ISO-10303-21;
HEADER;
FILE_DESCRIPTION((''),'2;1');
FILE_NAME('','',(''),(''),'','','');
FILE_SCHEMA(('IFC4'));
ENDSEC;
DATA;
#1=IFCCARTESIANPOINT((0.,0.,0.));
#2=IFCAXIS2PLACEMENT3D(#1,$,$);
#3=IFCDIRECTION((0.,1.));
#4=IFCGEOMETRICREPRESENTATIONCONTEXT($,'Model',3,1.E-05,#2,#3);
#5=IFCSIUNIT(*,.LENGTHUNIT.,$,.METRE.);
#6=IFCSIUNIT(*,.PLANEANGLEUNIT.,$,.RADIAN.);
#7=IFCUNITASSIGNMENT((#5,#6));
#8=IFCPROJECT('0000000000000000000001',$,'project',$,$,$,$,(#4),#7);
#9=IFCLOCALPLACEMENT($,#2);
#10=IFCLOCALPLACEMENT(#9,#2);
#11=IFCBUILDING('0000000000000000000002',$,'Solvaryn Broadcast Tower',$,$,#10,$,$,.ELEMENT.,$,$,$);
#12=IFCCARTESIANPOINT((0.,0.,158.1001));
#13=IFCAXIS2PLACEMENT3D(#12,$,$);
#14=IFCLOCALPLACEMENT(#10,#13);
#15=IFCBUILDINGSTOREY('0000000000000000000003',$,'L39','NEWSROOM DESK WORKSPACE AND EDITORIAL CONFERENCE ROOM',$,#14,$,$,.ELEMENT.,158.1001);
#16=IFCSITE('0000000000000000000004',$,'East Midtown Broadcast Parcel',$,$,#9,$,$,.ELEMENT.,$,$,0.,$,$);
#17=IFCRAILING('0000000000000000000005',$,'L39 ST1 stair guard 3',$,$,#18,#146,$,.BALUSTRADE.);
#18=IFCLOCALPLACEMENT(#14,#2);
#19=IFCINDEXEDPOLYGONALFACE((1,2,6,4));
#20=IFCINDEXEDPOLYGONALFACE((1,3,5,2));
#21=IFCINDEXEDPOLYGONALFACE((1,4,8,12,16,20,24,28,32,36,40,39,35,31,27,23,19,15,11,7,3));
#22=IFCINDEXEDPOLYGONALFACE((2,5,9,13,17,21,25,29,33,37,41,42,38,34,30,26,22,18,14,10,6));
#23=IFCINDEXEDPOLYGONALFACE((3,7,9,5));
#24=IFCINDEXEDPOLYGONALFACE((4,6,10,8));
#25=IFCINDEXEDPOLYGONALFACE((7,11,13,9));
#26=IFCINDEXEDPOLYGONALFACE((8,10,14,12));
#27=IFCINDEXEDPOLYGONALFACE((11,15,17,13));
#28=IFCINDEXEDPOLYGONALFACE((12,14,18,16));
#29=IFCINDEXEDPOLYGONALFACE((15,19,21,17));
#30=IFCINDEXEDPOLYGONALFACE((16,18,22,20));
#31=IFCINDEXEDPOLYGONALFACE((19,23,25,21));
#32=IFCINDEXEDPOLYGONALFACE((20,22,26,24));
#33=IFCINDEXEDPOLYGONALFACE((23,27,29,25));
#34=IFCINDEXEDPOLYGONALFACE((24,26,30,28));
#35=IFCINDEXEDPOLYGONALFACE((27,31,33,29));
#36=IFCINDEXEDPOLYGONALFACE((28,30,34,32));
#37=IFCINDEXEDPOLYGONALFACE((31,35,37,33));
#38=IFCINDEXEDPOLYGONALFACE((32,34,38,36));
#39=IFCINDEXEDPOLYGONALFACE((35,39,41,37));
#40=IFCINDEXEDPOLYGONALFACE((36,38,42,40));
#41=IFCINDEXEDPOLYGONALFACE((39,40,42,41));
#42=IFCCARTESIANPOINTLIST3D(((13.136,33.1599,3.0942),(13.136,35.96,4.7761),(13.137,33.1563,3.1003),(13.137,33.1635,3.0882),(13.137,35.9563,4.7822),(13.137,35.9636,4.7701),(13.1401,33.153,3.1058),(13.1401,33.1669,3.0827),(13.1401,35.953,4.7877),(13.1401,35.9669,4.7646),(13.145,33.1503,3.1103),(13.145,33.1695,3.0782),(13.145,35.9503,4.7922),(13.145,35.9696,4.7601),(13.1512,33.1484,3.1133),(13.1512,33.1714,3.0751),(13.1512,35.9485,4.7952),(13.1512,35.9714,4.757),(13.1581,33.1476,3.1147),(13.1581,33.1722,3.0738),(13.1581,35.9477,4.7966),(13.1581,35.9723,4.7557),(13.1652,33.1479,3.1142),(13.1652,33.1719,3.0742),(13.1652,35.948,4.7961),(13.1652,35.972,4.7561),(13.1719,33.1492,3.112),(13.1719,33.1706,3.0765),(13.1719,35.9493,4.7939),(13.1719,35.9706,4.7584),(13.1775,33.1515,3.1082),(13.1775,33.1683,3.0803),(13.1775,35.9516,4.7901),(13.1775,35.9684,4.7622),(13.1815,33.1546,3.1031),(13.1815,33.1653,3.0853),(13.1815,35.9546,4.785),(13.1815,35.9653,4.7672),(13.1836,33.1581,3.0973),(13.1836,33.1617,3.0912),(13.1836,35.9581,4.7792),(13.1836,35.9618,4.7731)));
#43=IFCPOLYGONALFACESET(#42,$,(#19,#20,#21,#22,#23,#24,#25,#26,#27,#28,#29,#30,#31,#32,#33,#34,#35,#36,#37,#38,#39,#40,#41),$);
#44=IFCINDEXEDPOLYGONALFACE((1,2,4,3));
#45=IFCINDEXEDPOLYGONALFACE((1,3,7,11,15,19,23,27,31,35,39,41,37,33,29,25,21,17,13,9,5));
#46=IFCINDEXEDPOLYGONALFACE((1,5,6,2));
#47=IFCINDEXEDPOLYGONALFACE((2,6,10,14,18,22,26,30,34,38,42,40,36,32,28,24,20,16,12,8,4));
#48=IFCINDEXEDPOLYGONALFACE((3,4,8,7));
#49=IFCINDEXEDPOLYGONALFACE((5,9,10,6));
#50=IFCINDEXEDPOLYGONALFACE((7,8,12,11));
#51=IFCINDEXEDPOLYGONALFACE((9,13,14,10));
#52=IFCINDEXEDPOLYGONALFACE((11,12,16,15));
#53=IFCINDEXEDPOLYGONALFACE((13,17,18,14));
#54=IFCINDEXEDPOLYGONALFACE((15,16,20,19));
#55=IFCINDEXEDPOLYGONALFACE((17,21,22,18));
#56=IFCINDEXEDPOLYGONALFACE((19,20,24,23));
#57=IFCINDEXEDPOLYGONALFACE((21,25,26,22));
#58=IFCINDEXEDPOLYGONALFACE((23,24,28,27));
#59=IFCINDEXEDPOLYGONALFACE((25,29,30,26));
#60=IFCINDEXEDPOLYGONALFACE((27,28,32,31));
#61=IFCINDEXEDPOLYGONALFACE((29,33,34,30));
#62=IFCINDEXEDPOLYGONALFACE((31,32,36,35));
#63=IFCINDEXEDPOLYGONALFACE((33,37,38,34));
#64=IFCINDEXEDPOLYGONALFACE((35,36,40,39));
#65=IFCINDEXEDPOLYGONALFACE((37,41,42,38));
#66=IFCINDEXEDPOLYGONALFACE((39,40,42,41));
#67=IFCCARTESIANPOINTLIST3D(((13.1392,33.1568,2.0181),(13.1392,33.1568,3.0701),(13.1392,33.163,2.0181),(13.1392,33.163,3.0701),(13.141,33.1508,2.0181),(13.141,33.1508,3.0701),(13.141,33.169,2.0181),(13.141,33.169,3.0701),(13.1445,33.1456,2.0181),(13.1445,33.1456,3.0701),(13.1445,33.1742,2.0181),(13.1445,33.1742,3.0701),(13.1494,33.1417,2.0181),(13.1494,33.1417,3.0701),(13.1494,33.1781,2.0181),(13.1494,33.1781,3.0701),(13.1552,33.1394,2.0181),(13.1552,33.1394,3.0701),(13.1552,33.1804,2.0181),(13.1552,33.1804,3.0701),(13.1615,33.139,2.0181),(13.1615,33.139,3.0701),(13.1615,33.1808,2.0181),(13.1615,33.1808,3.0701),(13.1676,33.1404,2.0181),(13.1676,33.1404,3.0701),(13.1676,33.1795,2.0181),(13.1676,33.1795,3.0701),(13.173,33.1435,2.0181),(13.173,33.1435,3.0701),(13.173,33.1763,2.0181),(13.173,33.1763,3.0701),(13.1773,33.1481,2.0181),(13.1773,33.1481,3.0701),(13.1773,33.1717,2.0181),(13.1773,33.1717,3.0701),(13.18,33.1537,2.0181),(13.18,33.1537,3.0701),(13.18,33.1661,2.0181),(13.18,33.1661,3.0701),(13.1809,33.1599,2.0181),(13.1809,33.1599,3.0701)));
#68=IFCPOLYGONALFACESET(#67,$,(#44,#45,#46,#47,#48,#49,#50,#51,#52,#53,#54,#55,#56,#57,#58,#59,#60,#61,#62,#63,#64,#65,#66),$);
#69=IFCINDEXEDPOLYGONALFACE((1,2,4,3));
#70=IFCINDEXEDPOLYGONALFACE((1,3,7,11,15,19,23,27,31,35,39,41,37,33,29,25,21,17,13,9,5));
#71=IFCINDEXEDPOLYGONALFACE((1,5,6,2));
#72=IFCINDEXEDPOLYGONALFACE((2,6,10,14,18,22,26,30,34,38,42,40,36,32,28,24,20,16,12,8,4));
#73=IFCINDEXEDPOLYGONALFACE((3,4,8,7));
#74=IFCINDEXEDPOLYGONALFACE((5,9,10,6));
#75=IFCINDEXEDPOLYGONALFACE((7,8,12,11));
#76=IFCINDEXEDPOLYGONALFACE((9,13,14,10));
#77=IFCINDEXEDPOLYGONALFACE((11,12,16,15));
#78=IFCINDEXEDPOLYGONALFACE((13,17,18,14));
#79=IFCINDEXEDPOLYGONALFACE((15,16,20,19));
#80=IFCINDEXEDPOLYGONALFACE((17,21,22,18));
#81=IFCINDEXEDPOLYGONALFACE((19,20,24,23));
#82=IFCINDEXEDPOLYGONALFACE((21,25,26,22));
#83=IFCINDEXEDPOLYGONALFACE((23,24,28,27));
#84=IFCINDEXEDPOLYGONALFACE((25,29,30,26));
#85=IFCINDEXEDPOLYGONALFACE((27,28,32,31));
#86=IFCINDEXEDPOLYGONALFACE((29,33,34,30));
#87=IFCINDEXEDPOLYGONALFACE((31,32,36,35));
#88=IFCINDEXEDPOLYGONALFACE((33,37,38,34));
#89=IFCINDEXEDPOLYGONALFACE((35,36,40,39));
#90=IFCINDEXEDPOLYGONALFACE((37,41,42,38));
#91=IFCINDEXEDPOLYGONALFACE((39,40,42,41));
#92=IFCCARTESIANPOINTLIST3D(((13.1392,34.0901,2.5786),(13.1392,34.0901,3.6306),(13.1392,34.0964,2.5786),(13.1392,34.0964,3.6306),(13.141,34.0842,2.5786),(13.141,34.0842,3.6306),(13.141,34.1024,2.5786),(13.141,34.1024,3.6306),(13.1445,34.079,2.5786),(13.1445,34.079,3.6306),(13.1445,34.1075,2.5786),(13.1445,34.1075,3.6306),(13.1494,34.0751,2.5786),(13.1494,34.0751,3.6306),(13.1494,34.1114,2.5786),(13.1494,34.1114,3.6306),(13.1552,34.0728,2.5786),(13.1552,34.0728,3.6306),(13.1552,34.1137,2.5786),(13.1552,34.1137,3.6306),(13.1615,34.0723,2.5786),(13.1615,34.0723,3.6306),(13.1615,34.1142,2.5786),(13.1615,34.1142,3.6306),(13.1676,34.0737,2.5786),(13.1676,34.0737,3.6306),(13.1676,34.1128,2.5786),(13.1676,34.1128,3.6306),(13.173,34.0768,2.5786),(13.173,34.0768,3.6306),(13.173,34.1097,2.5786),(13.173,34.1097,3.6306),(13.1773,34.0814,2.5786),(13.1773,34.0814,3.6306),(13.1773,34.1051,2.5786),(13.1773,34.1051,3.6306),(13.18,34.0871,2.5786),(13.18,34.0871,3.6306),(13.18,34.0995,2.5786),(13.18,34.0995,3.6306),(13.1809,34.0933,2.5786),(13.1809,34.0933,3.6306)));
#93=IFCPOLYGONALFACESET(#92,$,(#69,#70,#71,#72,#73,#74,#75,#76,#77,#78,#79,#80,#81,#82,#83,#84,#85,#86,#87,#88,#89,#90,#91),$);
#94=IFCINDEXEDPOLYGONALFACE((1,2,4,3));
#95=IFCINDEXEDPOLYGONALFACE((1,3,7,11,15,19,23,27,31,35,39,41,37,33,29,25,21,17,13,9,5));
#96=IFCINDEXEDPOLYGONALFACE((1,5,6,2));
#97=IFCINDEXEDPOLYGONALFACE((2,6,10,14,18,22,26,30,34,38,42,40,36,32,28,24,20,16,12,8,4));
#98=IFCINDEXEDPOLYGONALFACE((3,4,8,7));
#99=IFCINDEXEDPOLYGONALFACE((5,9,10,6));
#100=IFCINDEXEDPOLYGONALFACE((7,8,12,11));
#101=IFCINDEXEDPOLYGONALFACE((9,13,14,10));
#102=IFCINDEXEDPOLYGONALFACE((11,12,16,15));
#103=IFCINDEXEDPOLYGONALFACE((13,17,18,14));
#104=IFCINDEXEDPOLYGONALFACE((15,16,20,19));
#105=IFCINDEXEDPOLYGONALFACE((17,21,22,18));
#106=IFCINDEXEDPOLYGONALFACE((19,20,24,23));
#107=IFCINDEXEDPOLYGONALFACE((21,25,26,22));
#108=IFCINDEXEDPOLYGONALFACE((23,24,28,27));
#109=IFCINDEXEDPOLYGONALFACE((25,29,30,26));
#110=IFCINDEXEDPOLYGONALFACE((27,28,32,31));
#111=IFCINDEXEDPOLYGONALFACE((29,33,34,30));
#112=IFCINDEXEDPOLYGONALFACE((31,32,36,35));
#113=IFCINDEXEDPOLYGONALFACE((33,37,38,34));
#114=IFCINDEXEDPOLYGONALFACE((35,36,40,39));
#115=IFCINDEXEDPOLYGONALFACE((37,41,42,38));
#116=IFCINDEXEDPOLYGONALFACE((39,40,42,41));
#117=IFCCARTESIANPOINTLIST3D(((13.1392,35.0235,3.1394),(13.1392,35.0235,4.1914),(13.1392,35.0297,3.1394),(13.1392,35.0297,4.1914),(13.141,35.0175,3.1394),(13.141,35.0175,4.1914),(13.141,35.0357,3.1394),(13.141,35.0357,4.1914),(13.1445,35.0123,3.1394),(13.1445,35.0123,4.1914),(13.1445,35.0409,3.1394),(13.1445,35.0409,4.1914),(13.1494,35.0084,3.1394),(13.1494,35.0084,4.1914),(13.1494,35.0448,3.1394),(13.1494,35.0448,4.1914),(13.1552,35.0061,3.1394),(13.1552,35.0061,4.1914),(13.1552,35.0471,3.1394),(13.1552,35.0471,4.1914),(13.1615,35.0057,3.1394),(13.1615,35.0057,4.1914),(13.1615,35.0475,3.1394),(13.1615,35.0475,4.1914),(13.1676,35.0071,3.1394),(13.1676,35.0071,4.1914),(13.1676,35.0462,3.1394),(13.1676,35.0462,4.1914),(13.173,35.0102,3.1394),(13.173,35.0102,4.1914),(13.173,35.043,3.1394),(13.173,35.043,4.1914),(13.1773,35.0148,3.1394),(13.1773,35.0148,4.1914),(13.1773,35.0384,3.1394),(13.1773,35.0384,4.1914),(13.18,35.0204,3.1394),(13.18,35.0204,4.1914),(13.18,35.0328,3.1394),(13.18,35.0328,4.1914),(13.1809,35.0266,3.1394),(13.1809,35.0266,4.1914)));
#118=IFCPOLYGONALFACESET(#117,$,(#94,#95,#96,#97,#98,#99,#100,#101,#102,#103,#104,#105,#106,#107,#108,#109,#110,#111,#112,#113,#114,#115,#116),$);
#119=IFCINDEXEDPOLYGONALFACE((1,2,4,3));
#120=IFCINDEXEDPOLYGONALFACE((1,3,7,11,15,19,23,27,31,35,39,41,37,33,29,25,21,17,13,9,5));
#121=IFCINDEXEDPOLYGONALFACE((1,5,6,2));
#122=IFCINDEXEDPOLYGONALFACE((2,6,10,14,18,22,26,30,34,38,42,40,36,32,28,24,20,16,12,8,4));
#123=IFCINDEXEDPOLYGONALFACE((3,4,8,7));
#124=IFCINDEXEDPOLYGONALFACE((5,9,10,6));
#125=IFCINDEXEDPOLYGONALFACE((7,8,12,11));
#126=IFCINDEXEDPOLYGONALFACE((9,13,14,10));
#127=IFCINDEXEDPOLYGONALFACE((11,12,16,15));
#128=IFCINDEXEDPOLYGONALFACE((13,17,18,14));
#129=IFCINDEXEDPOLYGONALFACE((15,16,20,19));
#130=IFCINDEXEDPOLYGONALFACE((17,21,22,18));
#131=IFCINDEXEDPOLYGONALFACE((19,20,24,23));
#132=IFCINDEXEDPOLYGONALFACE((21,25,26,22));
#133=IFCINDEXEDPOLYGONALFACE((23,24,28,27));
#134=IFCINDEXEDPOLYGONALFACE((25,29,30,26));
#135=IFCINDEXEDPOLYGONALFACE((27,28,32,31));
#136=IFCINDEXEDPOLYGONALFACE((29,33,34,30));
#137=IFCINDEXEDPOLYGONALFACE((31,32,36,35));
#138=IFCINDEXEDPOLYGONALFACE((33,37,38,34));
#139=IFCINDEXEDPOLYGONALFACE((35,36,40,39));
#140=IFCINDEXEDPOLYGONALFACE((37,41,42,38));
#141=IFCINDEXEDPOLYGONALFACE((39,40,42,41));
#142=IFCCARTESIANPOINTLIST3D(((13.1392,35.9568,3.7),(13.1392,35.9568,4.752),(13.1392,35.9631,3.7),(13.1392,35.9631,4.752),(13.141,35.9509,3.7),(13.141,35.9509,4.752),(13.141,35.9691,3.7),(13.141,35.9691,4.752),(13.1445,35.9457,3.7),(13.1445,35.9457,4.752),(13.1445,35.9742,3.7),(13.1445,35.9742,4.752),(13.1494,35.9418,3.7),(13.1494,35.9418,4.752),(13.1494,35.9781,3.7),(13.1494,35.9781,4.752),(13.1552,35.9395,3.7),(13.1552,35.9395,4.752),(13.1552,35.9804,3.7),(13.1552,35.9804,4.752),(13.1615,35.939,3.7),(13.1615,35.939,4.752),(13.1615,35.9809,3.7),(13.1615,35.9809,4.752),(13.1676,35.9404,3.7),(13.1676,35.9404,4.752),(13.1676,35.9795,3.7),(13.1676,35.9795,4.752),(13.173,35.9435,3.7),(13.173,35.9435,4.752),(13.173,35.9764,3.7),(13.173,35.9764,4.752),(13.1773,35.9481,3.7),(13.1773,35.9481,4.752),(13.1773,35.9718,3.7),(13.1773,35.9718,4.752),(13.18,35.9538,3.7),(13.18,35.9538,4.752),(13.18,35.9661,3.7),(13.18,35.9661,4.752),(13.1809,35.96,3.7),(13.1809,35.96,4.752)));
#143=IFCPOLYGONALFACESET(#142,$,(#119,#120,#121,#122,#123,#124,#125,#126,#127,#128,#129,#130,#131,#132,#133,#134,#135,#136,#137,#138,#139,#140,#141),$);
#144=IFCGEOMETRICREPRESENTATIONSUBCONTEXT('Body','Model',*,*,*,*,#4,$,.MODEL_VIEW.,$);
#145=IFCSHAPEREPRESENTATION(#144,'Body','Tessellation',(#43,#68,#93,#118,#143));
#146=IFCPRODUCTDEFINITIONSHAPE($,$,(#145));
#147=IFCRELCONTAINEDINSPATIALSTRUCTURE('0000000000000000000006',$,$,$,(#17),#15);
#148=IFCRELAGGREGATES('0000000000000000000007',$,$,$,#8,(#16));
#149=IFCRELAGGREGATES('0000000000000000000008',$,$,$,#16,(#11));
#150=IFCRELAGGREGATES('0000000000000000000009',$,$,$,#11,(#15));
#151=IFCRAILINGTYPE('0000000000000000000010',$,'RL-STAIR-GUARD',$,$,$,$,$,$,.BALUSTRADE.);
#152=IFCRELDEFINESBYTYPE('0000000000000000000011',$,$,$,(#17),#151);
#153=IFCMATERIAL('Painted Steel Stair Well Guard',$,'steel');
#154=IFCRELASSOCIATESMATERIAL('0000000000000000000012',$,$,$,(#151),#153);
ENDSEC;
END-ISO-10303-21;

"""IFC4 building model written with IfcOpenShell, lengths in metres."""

from ifc_helpers import new_model, si_unit, direction, frame, origin, origin_2d, place, context, subcontext, project, spatial, circle, extrude, material, type_object, element, save


model = new_model("IFC4")

# Units and contexts
model_context = context("Model", 3, precision=1e-05, world=origin(), true_north=direction((0.0, 1.0)))
body_context = subcontext(model_context, "Body", "Model", "MODEL_VIEW")
ifc_project = project(units=[si_unit("LENGTHUNIT", "METRE"), si_unit("PLANEANGLEUNIT", "RADIAN")], contexts=[model_context])

# Site, building, storey
site_placement = place(None, origin())
site = spatial("IfcSite", under=ifc_project, at=site_placement, Name="East Midtown Broadcast Parcel", CompositionType="ELEMENT", RefElevation=0.0)
building_placement = place(site_placement, origin())
building = spatial("IfcBuilding", under=site, at=building_placement, Name="Solvaryn Broadcast Tower", CompositionType="ELEMENT")
storey_placement = place(building_placement, frame((0.0, 0.0, 158.1001)))
storey = spatial("IfcBuildingStorey", under=building, at=storey_placement, Name="L39", Description="NEWSROOM DESK WORKSPACE AND EDITORIAL CONFERENCE ROOM", CompositionType="ELEMENT", Elevation=158.1001)

# Railing
ifc_material_1 = material(Name="Painted Steel Stair Well Guard", Category="steel")
railing_type_1 = type_object("IfcRailingType", Name="RL-STAIR-GUARD", PredefinedType="BALUSTRADE", material=ifc_material_1)
railing_1_placement = place(storey_placement, frame((13.1599, 33.1599, 2.0181)))
element("IfcRailing", 1, at=railing_1_placement, inside=storey, type_object=railing_type_1, Name="L39 ST1 stair guard 3", PredefinedType="BALUSTRADE", context=body_context, shape_type="SweptSolid", body=[
    extrude(circle(Radius=0.0239, at=origin_2d()), frame((0.0, 0.0, 1.0762), z_axis=(0.0, 0.857242, 0.514913), x_axis=(-1.0, 0.0, 0.0)), (0.0, 0.0, 1.0), 3.2664),
    extrude(circle(Radius=0.021, at=origin_2d()), origin(), (0.0, 0.0, 1.0), 1.052),
    extrude(circle(Radius=0.021, at=origin_2d()), frame((0.0, 0.9333, 0.5605)), (0.0, 0.0, 1.0), 1.052),
    extrude(circle(Radius=0.021, at=origin_2d()), frame((0.0, 1.8667, 1.1213)), (0.0, 0.0, 1.0), 1.052),
    extrude(circle(Radius=0.021, at=origin_2d()), frame((0.0, 2.8, 1.6819)), (0.0, 0.0, 1.0), 1.052),
])

save(model, "model.ifc")
